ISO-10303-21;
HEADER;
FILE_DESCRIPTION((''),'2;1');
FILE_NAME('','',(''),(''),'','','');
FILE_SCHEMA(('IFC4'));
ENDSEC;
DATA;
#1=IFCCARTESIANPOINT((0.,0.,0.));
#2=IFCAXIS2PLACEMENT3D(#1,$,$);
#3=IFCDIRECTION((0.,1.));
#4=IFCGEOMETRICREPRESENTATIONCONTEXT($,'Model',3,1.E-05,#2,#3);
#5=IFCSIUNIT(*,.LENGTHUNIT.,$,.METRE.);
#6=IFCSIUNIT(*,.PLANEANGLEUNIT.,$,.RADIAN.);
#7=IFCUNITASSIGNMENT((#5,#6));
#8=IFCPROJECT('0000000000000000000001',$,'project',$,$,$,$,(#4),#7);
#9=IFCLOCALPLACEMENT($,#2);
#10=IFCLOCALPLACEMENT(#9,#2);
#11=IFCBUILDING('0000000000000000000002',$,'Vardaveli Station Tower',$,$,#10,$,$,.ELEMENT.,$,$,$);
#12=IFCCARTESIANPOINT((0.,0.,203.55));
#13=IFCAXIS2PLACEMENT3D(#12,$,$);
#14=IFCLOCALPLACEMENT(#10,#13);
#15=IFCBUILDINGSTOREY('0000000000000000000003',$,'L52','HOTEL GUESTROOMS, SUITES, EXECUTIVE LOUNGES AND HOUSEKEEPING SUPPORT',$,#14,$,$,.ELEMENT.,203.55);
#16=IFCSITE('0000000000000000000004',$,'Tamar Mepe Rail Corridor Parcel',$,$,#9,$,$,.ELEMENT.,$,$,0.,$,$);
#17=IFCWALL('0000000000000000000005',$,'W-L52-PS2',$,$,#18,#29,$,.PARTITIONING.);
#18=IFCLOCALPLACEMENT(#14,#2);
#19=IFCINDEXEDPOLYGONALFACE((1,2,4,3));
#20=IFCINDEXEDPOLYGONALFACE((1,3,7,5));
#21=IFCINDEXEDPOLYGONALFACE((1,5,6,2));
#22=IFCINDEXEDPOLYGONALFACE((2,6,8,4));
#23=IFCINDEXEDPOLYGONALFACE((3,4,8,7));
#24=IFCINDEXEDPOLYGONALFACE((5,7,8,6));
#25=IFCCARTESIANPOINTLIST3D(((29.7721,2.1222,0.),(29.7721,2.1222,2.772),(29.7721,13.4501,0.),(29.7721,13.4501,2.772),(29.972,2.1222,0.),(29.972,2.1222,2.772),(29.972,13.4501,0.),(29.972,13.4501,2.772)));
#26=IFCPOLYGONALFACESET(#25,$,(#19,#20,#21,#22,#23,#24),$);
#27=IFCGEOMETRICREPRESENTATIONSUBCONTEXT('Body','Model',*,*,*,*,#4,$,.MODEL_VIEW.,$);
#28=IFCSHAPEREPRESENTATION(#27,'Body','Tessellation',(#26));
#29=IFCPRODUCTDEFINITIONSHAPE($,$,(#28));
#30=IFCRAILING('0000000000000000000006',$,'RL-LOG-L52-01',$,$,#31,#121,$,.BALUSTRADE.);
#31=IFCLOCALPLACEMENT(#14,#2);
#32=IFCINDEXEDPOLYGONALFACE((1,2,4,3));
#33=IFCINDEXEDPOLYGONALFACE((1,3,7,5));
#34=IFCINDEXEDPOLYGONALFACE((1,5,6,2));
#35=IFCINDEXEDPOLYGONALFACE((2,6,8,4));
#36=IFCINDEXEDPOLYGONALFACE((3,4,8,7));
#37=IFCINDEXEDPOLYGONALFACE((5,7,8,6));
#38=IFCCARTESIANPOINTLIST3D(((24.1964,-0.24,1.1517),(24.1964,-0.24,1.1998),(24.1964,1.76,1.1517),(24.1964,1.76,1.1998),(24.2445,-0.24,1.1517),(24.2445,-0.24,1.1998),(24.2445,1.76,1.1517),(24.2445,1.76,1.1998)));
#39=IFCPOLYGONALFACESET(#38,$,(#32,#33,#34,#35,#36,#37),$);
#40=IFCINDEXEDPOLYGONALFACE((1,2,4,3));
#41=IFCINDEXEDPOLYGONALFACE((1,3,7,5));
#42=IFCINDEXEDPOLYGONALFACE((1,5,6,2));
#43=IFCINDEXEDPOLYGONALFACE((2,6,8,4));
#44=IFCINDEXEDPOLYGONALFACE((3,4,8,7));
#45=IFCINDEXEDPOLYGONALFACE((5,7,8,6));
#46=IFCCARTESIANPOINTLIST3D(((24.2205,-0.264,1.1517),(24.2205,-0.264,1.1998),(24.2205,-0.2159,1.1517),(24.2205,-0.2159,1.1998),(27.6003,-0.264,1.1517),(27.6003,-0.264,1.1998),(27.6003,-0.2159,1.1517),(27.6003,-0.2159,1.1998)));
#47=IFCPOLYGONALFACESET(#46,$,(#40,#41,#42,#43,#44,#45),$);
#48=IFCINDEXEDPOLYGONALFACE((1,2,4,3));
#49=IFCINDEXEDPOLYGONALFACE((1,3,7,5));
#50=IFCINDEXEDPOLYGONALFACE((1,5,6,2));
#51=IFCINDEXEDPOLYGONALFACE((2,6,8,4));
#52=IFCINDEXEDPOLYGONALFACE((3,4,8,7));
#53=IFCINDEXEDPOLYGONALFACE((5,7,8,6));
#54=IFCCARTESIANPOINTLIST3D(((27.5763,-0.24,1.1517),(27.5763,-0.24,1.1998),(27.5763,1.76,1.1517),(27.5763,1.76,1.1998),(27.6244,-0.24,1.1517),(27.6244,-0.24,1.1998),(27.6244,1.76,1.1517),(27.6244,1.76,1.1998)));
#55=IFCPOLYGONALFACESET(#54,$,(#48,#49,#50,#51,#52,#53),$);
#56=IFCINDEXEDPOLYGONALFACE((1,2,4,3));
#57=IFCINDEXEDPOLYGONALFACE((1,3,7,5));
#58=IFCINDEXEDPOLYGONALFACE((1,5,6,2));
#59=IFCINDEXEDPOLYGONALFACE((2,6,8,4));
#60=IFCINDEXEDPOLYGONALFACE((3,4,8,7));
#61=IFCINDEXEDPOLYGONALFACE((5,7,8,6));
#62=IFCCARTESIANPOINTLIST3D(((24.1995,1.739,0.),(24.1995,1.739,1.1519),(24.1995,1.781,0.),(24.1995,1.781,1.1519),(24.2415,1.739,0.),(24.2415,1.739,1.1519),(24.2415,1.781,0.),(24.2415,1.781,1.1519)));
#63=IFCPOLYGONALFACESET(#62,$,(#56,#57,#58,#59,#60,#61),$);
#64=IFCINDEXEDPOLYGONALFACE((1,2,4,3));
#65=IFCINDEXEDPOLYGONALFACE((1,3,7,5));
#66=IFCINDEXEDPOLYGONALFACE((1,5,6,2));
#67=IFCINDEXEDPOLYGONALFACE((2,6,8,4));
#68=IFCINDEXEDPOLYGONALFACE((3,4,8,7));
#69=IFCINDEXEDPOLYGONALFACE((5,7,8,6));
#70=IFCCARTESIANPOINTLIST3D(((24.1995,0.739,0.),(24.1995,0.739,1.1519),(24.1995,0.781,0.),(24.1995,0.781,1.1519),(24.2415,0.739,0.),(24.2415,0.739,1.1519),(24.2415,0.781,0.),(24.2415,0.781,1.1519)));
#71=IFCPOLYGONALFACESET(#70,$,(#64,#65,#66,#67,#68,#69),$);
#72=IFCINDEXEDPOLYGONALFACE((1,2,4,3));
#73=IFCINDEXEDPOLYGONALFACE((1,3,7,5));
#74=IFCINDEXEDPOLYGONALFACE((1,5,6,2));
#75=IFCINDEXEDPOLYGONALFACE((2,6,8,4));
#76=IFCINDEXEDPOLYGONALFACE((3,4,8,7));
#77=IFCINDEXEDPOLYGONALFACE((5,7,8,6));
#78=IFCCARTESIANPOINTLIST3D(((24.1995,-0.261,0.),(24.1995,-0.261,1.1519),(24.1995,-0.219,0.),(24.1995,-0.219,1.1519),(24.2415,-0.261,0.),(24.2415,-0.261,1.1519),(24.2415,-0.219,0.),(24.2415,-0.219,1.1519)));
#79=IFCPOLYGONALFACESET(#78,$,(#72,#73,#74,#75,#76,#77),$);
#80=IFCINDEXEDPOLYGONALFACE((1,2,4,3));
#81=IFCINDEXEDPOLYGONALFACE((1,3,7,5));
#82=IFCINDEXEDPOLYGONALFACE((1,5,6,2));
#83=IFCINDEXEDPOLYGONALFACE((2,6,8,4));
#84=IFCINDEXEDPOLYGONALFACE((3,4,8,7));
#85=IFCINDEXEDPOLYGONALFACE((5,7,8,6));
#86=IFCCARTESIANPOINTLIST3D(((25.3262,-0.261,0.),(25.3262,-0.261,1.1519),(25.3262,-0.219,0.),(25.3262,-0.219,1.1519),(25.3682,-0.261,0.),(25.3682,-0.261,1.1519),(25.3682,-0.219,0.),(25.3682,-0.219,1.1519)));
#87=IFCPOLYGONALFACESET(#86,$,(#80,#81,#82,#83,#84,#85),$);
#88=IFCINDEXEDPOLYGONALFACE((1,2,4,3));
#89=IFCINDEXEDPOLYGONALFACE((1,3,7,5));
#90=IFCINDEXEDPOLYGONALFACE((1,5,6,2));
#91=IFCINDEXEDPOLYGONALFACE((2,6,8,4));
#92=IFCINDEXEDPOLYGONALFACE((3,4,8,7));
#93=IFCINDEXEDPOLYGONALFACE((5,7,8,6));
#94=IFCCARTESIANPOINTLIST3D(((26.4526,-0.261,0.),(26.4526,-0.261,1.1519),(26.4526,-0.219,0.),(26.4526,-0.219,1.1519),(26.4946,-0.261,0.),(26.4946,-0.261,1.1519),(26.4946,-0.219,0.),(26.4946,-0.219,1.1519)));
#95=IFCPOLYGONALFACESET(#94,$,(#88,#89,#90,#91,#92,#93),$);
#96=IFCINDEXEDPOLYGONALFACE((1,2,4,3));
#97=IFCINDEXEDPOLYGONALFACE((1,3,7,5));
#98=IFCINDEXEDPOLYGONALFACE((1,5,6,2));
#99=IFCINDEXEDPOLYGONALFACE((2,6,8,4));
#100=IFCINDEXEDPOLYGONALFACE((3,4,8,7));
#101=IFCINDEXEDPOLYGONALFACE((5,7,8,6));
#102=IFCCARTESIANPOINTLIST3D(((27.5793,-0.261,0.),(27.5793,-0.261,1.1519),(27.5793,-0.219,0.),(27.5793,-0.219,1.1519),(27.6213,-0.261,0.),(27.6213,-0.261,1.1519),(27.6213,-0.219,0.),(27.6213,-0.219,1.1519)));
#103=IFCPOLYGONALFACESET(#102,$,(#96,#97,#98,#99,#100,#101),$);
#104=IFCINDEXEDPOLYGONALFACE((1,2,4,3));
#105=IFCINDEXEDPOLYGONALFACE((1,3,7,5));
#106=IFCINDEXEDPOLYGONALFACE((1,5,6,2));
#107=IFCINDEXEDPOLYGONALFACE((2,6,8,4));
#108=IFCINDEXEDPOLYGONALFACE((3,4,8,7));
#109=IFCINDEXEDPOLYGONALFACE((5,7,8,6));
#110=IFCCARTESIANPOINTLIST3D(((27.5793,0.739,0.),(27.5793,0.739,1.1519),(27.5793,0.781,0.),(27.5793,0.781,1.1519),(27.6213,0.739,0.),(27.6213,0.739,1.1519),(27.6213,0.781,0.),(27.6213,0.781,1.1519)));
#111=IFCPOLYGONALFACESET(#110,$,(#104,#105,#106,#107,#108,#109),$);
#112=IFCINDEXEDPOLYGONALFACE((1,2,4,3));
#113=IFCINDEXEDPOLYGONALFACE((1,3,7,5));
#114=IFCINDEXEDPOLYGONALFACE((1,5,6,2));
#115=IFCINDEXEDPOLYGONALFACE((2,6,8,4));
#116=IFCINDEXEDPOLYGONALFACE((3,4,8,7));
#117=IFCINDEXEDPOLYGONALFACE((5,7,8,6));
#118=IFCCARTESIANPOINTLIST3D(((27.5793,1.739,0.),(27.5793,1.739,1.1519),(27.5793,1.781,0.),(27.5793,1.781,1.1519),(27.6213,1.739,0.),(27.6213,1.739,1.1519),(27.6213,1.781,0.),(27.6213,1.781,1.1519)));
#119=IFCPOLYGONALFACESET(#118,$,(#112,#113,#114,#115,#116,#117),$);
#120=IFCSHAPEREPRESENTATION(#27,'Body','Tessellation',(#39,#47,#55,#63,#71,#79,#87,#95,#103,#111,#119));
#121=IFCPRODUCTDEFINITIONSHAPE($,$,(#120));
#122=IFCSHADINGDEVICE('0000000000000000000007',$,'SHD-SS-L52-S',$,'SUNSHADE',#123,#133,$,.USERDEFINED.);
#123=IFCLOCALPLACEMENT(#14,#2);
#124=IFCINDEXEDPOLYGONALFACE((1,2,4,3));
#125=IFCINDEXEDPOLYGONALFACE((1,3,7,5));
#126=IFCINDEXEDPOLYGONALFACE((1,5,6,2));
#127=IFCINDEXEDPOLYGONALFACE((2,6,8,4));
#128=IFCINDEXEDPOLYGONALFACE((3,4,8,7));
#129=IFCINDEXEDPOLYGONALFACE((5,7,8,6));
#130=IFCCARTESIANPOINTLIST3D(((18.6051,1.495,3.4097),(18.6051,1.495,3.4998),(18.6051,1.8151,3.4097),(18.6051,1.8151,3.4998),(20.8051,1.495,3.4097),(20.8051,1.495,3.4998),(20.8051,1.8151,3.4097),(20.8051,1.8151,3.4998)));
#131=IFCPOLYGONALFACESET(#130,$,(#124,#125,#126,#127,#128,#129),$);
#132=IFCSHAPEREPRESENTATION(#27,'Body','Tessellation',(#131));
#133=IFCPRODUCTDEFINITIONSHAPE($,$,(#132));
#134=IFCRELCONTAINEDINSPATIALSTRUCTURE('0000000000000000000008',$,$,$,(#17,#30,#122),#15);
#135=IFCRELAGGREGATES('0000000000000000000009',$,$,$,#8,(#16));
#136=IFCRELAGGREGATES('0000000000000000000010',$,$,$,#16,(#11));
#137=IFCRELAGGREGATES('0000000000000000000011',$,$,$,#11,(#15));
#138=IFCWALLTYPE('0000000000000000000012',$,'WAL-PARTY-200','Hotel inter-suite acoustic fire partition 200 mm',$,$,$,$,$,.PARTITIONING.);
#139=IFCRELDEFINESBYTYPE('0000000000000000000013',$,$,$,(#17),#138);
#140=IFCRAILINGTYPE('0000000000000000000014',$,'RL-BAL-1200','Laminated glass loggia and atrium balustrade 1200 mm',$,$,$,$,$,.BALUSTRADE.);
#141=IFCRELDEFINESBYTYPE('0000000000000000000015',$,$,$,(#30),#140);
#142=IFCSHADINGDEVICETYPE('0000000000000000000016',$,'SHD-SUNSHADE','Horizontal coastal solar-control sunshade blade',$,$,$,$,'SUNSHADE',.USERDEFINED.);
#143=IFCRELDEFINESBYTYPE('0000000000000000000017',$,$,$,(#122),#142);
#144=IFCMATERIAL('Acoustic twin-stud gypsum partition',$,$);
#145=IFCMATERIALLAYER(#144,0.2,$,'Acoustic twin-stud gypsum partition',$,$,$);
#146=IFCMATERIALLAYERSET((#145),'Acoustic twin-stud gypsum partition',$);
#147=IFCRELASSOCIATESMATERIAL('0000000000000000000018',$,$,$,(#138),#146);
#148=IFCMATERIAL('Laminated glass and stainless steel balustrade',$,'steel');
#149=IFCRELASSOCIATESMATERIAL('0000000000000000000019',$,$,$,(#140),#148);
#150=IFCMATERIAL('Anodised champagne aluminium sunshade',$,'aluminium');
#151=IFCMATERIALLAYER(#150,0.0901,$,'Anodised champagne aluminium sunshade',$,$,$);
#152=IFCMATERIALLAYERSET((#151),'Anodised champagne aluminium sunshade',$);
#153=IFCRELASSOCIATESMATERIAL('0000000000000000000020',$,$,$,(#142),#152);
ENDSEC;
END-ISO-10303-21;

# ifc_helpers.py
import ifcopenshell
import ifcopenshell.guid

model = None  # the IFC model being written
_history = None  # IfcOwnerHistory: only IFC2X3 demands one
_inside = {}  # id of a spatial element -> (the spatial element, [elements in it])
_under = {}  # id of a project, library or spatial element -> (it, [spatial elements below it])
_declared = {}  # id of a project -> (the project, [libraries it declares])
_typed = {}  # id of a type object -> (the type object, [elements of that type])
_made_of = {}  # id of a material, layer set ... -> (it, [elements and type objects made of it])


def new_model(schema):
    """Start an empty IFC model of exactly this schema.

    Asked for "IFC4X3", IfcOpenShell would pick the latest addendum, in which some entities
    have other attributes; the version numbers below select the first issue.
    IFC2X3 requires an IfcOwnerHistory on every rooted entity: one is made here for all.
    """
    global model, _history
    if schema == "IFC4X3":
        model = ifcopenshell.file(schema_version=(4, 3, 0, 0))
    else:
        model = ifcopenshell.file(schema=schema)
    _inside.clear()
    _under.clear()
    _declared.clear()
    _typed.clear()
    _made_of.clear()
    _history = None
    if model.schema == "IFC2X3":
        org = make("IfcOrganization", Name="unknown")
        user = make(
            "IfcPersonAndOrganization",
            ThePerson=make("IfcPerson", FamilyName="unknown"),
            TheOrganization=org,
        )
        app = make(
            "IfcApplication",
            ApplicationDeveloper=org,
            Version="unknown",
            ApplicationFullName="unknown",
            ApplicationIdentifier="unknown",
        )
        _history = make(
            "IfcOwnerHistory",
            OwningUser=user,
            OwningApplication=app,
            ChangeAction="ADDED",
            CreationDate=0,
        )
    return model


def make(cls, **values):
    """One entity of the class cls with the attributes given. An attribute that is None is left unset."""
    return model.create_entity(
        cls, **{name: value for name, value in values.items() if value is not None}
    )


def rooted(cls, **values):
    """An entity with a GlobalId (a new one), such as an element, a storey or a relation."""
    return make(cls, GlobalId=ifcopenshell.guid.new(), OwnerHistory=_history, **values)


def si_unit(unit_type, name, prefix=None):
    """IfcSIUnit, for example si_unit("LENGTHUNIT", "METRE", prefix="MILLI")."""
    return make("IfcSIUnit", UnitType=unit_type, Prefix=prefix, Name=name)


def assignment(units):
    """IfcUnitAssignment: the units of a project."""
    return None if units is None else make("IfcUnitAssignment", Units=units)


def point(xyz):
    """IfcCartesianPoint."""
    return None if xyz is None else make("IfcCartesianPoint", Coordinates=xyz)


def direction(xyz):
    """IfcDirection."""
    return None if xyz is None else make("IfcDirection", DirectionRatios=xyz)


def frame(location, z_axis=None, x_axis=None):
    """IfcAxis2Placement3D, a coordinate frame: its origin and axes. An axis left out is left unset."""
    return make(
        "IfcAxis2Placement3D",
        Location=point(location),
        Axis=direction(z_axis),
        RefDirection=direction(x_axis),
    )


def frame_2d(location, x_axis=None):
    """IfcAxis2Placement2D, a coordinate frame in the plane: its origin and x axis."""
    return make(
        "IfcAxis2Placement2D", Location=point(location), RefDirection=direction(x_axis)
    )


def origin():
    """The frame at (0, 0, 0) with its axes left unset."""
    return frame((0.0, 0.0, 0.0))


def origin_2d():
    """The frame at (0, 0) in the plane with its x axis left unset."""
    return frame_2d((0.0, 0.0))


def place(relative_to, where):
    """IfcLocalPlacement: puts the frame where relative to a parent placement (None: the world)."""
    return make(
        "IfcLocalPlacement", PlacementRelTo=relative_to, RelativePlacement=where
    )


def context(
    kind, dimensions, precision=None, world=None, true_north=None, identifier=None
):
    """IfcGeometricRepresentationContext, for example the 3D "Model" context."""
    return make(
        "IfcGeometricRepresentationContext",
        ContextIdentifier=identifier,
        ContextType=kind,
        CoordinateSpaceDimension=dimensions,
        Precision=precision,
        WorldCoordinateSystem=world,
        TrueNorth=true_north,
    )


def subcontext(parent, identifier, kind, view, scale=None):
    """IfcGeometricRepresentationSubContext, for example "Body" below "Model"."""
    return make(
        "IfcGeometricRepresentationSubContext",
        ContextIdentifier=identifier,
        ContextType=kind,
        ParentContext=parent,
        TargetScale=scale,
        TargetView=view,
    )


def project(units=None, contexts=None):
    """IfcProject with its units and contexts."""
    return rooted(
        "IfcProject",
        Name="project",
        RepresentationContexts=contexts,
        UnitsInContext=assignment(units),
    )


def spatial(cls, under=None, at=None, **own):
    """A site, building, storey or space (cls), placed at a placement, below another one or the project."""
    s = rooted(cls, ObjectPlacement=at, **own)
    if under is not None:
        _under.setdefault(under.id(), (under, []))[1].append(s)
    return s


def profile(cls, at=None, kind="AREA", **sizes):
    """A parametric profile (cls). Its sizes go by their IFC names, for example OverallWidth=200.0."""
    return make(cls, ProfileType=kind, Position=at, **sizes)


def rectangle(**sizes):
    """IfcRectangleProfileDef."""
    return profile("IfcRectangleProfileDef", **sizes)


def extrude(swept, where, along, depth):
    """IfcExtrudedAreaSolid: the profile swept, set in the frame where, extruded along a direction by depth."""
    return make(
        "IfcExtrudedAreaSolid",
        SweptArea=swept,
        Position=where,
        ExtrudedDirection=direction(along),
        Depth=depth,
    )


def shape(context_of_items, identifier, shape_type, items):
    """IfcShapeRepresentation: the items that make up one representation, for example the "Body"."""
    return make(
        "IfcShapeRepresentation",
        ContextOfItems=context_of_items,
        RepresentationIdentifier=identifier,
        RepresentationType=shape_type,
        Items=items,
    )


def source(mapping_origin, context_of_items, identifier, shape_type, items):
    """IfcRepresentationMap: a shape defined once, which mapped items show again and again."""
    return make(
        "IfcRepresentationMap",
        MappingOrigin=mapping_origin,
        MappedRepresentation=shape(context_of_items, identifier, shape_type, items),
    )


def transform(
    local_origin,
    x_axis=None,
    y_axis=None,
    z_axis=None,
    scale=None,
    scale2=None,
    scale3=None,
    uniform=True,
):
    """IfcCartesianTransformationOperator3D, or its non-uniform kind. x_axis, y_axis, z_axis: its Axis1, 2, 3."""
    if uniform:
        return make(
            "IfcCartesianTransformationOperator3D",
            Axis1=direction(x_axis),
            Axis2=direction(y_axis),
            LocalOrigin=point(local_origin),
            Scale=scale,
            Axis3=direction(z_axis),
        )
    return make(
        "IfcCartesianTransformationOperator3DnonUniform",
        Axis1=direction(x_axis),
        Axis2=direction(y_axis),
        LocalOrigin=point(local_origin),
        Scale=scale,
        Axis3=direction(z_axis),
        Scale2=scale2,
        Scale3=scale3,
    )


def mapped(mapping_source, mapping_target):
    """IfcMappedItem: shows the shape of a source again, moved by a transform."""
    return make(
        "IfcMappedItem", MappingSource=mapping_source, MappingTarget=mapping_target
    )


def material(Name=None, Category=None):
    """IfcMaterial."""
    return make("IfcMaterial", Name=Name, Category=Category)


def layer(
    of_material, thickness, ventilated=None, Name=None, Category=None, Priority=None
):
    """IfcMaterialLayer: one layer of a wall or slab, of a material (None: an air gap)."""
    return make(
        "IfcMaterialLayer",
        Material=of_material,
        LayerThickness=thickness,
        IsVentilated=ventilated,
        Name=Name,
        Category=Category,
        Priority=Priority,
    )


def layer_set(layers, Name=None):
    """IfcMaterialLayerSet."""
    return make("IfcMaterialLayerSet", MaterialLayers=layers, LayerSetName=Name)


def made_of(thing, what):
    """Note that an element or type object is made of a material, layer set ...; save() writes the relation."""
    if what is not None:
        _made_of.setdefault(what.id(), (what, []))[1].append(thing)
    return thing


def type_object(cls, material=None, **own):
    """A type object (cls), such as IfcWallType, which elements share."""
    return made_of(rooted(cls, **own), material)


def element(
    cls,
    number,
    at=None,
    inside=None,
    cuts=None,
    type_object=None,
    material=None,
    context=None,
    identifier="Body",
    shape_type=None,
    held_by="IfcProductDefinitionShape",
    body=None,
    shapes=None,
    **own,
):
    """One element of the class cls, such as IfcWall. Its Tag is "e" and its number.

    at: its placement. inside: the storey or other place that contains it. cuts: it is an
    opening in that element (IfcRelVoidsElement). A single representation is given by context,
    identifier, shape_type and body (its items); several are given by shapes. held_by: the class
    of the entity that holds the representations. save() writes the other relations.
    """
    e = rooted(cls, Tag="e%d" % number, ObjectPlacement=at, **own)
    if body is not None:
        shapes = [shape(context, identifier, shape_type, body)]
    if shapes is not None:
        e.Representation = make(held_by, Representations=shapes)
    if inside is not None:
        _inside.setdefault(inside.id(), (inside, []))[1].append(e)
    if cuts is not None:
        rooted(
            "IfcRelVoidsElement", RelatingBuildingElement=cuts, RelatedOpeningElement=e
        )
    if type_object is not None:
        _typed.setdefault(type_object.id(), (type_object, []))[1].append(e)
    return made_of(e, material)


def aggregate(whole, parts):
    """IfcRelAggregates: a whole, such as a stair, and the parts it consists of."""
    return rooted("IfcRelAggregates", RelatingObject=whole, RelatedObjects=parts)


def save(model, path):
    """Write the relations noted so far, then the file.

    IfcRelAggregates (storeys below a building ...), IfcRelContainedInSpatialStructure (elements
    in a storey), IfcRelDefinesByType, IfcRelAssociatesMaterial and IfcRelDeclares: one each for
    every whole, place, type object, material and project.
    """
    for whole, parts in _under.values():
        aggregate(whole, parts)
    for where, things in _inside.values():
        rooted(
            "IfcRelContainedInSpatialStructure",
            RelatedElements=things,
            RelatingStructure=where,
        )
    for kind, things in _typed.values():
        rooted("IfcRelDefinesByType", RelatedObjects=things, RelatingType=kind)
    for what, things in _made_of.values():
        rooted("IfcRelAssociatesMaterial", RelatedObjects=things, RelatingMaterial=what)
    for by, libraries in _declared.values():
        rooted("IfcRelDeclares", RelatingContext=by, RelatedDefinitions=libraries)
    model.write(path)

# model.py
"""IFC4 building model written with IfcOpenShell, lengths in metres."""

from ifc_helpers import new_model, si_unit, direction, frame, frame_2d, origin, origin_2d, place, context, subcontext, project, spatial, rectangle, extrude, source, transform, mapped, material, layer, layer_set, type_object, element, save


model = new_model("IFC4")

# Units and contexts
model_context = context("Model", 3, precision=1e-05, world=origin(), true_north=direction((0.0, 1.0)))
body_context = subcontext(model_context, "Body", "Model", "MODEL_VIEW")
ifc_project = project(units=[si_unit("LENGTHUNIT", "METRE"), si_unit("PLANEANGLEUNIT", "RADIAN")], contexts=[model_context])

# Site, building, storey
site_placement = place(None, origin())
site = spatial("IfcSite", under=ifc_project, at=site_placement, Name="Tamar Mepe Rail Corridor Parcel", CompositionType="ELEMENT", RefElevation=0.0)
building_placement = place(site_placement, origin())
building = spatial("IfcBuilding", under=site, at=building_placement, Name="Vardaveli Station Tower", CompositionType="ELEMENT")
storey_placement = place(building_placement, frame((0.0, 0.0, 203.55)))
storey = spatial("IfcBuildingStorey", under=building, at=storey_placement, Name="L52", Description="HOTEL GUESTROOMS, SUITES, EXECUTIVE LOUNGES AND HOUSEKEEPING SUPPORT", CompositionType="ELEMENT", Elevation=203.55)

# Wall
ifc_material_1 = material(Name="Acoustic twin-stud gypsum partition")
ifc_layer_1 = layer(ifc_material_1, 0.2, Name="Acoustic twin-stud gypsum partition")
ifc_layer_set_1 = layer_set([ifc_layer_1], Name="Acoustic twin-stud gypsum partition")
wall_type = type_object("IfcWallType", Name="WAL-PARTY-200", Description="Hotel inter-suite acoustic fire partition 200 mm", PredefinedType="PARTITIONING", material=ifc_layer_set_1)
shared_shape_1 = source(origin(), body_context, "Body", "SweptSolid", [
    extrude(rectangle(XDim=11.3279, YDim=0.2, at=frame_2d((5.6641, 0.0))), origin(), (0.0, 0.0, 1.0), 2.772),
])
for number, where, z_axis, x_axis, name in (
    (1, (29.8721, 2.1221, 0.0), (0.0, 0.0, 1.0), (0.0, 1.0, 0.0), "W-L52-PS2"),
):
    element("IfcWall", number, at=place(storey_placement, frame(where, z_axis=z_axis, x_axis=x_axis)), inside=storey, type_object=wall_type, Name=name, PredefinedType="PARTITIONING", context=body_context, shape_type="MappedRepresentation", body=[
        mapped(shared_shape_1, transform((0.0, 0.0, 0.0), scale=1.0)),
    ])

# Railing
ifc_material_2 = material(Name="Laminated glass and stainless steel balustrade", Category="steel")
railing_type = type_object("IfcRailingType", Name="RL-BAL-1200", Description="Laminated glass loggia and atrium balustrade 1200 mm", PredefinedType="BALUSTRADE", material=ifc_material_2)
shared_shape_2 = source(origin(), body_context, "Body", "SweptSolid", [
    extrude(rectangle(XDim=0.0481, YDim=0.0481, at=origin_2d()), frame((0.0, 0.0, 1.1758), z_axis=(0.0, -1.0, 0.0), x_axis=(1.0, 0.0, 0.0)), (0.0, 0.0, 1.0), 2.0),
    extrude(rectangle(XDim=0.0481, YDim=0.0481, at=origin_2d()), frame((0.0, -2.0, 1.1758), z_axis=(1.0, 0.0, 0.0), x_axis=(0.0, 1.0, 0.0)), (0.0, 0.0, 1.0), 3.3799),
    extrude(rectangle(XDim=0.0481, YDim=0.0481, at=origin_2d()), frame((3.3799, -2.0, 1.1758), z_axis=(0.0, 1.0, 0.0), x_axis=(-1.0, 0.0, 0.0)), (0.0, 0.0, 1.0), 2.0),
    extrude(rectangle(XDim=0.042, YDim=0.042, at=origin_2d()), origin(), (0.0, 0.0, 1.0), 1.1519),
    extrude(rectangle(XDim=0.042, YDim=0.042, at=origin_2d()), frame((0.0, -1.0, 0.0)), (0.0, 0.0, 1.0), 1.1519),
    extrude(rectangle(XDim=0.042, YDim=0.042, at=origin_2d()), frame((0.0, -2.0, 0.0)), (0.0, 0.0, 1.0), 1.1519),
    extrude(rectangle(XDim=0.042, YDim=0.042, at=origin_2d()), frame((1.1267, -2.0, 0.0)), (0.0, 0.0, 1.0), 1.1519),
    extrude(rectangle(XDim=0.042, YDim=0.042, at=origin_2d()), frame((2.2532, -2.0, 0.0)), (0.0, 0.0, 1.0), 1.1519),
    extrude(rectangle(XDim=0.042, YDim=0.042, at=origin_2d()), frame((3.3799, -2.0, 0.0)), (0.0, 0.0, 1.0), 1.1519),
    extrude(rectangle(XDim=0.042, YDim=0.042, at=origin_2d()), frame((3.3799, -1.0, 0.0)), (0.0, 0.0, 1.0), 1.1519),
    extrude(rectangle(XDim=0.042, YDim=0.042, at=origin_2d()), frame((3.3799, 0.0, 0.0)), (0.0, 0.0, 1.0), 1.1519),
])
railing_placement = place(storey_placement, frame((24.2205, 1.76, 0.0)))
element("IfcRailing", 2, at=railing_placement, inside=storey, type_object=railing_type, Name="RL-LOG-L52-01", PredefinedType="BALUSTRADE", context=body_context, shape_type="MappedRepresentation", body=[
    mapped(shared_shape_2, transform((0.0, 0.0, 0.0), scale=1.0)),
])

# Shading device
ifc_material_3 = material(Name="Anodised champagne aluminium sunshade", Category="aluminium")
ifc_layer_2 = layer(ifc_material_3, 0.0901, Name="Anodised champagne aluminium sunshade")
ifc_layer_set_2 = layer_set([ifc_layer_2], Name="Anodised champagne aluminium sunshade")
shading_device_type = type_object("IfcShadingDeviceType", Name="SHD-SUNSHADE", Description="Horizontal coastal solar-control sunshade blade", ElementType="SUNSHADE", PredefinedType="USERDEFINED", material=ifc_layer_set_2)
shared_shape_3 = source(origin(), body_context, "Body", "SweptSolid", [
    extrude(rectangle(XDim=2.2, YDim=0.3201, at=origin_2d()), origin(), (0.0, 0.0, 1.0), 0.0901),
])
shading_device_placement = place(storey_placement, frame((19.7051, 1.655, 3.4097), z_axis=(0.0, 0.0, 1.0), x_axis=(1.0, 0.0, 0.0)))
element("IfcShadingDevice", 3, at=shading_device_placement, inside=storey, type_object=shading_device_type, Name="SHD-SS-L52-S", ObjectType="SUNSHADE", PredefinedType="USERDEFINED", context=body_context, shape_type="MappedRepresentation", body=[
    mapped(shared_shape_3, transform((0.0, 0.0, 0.0), scale=1.0)),
])

save(model, "model.ifc")
